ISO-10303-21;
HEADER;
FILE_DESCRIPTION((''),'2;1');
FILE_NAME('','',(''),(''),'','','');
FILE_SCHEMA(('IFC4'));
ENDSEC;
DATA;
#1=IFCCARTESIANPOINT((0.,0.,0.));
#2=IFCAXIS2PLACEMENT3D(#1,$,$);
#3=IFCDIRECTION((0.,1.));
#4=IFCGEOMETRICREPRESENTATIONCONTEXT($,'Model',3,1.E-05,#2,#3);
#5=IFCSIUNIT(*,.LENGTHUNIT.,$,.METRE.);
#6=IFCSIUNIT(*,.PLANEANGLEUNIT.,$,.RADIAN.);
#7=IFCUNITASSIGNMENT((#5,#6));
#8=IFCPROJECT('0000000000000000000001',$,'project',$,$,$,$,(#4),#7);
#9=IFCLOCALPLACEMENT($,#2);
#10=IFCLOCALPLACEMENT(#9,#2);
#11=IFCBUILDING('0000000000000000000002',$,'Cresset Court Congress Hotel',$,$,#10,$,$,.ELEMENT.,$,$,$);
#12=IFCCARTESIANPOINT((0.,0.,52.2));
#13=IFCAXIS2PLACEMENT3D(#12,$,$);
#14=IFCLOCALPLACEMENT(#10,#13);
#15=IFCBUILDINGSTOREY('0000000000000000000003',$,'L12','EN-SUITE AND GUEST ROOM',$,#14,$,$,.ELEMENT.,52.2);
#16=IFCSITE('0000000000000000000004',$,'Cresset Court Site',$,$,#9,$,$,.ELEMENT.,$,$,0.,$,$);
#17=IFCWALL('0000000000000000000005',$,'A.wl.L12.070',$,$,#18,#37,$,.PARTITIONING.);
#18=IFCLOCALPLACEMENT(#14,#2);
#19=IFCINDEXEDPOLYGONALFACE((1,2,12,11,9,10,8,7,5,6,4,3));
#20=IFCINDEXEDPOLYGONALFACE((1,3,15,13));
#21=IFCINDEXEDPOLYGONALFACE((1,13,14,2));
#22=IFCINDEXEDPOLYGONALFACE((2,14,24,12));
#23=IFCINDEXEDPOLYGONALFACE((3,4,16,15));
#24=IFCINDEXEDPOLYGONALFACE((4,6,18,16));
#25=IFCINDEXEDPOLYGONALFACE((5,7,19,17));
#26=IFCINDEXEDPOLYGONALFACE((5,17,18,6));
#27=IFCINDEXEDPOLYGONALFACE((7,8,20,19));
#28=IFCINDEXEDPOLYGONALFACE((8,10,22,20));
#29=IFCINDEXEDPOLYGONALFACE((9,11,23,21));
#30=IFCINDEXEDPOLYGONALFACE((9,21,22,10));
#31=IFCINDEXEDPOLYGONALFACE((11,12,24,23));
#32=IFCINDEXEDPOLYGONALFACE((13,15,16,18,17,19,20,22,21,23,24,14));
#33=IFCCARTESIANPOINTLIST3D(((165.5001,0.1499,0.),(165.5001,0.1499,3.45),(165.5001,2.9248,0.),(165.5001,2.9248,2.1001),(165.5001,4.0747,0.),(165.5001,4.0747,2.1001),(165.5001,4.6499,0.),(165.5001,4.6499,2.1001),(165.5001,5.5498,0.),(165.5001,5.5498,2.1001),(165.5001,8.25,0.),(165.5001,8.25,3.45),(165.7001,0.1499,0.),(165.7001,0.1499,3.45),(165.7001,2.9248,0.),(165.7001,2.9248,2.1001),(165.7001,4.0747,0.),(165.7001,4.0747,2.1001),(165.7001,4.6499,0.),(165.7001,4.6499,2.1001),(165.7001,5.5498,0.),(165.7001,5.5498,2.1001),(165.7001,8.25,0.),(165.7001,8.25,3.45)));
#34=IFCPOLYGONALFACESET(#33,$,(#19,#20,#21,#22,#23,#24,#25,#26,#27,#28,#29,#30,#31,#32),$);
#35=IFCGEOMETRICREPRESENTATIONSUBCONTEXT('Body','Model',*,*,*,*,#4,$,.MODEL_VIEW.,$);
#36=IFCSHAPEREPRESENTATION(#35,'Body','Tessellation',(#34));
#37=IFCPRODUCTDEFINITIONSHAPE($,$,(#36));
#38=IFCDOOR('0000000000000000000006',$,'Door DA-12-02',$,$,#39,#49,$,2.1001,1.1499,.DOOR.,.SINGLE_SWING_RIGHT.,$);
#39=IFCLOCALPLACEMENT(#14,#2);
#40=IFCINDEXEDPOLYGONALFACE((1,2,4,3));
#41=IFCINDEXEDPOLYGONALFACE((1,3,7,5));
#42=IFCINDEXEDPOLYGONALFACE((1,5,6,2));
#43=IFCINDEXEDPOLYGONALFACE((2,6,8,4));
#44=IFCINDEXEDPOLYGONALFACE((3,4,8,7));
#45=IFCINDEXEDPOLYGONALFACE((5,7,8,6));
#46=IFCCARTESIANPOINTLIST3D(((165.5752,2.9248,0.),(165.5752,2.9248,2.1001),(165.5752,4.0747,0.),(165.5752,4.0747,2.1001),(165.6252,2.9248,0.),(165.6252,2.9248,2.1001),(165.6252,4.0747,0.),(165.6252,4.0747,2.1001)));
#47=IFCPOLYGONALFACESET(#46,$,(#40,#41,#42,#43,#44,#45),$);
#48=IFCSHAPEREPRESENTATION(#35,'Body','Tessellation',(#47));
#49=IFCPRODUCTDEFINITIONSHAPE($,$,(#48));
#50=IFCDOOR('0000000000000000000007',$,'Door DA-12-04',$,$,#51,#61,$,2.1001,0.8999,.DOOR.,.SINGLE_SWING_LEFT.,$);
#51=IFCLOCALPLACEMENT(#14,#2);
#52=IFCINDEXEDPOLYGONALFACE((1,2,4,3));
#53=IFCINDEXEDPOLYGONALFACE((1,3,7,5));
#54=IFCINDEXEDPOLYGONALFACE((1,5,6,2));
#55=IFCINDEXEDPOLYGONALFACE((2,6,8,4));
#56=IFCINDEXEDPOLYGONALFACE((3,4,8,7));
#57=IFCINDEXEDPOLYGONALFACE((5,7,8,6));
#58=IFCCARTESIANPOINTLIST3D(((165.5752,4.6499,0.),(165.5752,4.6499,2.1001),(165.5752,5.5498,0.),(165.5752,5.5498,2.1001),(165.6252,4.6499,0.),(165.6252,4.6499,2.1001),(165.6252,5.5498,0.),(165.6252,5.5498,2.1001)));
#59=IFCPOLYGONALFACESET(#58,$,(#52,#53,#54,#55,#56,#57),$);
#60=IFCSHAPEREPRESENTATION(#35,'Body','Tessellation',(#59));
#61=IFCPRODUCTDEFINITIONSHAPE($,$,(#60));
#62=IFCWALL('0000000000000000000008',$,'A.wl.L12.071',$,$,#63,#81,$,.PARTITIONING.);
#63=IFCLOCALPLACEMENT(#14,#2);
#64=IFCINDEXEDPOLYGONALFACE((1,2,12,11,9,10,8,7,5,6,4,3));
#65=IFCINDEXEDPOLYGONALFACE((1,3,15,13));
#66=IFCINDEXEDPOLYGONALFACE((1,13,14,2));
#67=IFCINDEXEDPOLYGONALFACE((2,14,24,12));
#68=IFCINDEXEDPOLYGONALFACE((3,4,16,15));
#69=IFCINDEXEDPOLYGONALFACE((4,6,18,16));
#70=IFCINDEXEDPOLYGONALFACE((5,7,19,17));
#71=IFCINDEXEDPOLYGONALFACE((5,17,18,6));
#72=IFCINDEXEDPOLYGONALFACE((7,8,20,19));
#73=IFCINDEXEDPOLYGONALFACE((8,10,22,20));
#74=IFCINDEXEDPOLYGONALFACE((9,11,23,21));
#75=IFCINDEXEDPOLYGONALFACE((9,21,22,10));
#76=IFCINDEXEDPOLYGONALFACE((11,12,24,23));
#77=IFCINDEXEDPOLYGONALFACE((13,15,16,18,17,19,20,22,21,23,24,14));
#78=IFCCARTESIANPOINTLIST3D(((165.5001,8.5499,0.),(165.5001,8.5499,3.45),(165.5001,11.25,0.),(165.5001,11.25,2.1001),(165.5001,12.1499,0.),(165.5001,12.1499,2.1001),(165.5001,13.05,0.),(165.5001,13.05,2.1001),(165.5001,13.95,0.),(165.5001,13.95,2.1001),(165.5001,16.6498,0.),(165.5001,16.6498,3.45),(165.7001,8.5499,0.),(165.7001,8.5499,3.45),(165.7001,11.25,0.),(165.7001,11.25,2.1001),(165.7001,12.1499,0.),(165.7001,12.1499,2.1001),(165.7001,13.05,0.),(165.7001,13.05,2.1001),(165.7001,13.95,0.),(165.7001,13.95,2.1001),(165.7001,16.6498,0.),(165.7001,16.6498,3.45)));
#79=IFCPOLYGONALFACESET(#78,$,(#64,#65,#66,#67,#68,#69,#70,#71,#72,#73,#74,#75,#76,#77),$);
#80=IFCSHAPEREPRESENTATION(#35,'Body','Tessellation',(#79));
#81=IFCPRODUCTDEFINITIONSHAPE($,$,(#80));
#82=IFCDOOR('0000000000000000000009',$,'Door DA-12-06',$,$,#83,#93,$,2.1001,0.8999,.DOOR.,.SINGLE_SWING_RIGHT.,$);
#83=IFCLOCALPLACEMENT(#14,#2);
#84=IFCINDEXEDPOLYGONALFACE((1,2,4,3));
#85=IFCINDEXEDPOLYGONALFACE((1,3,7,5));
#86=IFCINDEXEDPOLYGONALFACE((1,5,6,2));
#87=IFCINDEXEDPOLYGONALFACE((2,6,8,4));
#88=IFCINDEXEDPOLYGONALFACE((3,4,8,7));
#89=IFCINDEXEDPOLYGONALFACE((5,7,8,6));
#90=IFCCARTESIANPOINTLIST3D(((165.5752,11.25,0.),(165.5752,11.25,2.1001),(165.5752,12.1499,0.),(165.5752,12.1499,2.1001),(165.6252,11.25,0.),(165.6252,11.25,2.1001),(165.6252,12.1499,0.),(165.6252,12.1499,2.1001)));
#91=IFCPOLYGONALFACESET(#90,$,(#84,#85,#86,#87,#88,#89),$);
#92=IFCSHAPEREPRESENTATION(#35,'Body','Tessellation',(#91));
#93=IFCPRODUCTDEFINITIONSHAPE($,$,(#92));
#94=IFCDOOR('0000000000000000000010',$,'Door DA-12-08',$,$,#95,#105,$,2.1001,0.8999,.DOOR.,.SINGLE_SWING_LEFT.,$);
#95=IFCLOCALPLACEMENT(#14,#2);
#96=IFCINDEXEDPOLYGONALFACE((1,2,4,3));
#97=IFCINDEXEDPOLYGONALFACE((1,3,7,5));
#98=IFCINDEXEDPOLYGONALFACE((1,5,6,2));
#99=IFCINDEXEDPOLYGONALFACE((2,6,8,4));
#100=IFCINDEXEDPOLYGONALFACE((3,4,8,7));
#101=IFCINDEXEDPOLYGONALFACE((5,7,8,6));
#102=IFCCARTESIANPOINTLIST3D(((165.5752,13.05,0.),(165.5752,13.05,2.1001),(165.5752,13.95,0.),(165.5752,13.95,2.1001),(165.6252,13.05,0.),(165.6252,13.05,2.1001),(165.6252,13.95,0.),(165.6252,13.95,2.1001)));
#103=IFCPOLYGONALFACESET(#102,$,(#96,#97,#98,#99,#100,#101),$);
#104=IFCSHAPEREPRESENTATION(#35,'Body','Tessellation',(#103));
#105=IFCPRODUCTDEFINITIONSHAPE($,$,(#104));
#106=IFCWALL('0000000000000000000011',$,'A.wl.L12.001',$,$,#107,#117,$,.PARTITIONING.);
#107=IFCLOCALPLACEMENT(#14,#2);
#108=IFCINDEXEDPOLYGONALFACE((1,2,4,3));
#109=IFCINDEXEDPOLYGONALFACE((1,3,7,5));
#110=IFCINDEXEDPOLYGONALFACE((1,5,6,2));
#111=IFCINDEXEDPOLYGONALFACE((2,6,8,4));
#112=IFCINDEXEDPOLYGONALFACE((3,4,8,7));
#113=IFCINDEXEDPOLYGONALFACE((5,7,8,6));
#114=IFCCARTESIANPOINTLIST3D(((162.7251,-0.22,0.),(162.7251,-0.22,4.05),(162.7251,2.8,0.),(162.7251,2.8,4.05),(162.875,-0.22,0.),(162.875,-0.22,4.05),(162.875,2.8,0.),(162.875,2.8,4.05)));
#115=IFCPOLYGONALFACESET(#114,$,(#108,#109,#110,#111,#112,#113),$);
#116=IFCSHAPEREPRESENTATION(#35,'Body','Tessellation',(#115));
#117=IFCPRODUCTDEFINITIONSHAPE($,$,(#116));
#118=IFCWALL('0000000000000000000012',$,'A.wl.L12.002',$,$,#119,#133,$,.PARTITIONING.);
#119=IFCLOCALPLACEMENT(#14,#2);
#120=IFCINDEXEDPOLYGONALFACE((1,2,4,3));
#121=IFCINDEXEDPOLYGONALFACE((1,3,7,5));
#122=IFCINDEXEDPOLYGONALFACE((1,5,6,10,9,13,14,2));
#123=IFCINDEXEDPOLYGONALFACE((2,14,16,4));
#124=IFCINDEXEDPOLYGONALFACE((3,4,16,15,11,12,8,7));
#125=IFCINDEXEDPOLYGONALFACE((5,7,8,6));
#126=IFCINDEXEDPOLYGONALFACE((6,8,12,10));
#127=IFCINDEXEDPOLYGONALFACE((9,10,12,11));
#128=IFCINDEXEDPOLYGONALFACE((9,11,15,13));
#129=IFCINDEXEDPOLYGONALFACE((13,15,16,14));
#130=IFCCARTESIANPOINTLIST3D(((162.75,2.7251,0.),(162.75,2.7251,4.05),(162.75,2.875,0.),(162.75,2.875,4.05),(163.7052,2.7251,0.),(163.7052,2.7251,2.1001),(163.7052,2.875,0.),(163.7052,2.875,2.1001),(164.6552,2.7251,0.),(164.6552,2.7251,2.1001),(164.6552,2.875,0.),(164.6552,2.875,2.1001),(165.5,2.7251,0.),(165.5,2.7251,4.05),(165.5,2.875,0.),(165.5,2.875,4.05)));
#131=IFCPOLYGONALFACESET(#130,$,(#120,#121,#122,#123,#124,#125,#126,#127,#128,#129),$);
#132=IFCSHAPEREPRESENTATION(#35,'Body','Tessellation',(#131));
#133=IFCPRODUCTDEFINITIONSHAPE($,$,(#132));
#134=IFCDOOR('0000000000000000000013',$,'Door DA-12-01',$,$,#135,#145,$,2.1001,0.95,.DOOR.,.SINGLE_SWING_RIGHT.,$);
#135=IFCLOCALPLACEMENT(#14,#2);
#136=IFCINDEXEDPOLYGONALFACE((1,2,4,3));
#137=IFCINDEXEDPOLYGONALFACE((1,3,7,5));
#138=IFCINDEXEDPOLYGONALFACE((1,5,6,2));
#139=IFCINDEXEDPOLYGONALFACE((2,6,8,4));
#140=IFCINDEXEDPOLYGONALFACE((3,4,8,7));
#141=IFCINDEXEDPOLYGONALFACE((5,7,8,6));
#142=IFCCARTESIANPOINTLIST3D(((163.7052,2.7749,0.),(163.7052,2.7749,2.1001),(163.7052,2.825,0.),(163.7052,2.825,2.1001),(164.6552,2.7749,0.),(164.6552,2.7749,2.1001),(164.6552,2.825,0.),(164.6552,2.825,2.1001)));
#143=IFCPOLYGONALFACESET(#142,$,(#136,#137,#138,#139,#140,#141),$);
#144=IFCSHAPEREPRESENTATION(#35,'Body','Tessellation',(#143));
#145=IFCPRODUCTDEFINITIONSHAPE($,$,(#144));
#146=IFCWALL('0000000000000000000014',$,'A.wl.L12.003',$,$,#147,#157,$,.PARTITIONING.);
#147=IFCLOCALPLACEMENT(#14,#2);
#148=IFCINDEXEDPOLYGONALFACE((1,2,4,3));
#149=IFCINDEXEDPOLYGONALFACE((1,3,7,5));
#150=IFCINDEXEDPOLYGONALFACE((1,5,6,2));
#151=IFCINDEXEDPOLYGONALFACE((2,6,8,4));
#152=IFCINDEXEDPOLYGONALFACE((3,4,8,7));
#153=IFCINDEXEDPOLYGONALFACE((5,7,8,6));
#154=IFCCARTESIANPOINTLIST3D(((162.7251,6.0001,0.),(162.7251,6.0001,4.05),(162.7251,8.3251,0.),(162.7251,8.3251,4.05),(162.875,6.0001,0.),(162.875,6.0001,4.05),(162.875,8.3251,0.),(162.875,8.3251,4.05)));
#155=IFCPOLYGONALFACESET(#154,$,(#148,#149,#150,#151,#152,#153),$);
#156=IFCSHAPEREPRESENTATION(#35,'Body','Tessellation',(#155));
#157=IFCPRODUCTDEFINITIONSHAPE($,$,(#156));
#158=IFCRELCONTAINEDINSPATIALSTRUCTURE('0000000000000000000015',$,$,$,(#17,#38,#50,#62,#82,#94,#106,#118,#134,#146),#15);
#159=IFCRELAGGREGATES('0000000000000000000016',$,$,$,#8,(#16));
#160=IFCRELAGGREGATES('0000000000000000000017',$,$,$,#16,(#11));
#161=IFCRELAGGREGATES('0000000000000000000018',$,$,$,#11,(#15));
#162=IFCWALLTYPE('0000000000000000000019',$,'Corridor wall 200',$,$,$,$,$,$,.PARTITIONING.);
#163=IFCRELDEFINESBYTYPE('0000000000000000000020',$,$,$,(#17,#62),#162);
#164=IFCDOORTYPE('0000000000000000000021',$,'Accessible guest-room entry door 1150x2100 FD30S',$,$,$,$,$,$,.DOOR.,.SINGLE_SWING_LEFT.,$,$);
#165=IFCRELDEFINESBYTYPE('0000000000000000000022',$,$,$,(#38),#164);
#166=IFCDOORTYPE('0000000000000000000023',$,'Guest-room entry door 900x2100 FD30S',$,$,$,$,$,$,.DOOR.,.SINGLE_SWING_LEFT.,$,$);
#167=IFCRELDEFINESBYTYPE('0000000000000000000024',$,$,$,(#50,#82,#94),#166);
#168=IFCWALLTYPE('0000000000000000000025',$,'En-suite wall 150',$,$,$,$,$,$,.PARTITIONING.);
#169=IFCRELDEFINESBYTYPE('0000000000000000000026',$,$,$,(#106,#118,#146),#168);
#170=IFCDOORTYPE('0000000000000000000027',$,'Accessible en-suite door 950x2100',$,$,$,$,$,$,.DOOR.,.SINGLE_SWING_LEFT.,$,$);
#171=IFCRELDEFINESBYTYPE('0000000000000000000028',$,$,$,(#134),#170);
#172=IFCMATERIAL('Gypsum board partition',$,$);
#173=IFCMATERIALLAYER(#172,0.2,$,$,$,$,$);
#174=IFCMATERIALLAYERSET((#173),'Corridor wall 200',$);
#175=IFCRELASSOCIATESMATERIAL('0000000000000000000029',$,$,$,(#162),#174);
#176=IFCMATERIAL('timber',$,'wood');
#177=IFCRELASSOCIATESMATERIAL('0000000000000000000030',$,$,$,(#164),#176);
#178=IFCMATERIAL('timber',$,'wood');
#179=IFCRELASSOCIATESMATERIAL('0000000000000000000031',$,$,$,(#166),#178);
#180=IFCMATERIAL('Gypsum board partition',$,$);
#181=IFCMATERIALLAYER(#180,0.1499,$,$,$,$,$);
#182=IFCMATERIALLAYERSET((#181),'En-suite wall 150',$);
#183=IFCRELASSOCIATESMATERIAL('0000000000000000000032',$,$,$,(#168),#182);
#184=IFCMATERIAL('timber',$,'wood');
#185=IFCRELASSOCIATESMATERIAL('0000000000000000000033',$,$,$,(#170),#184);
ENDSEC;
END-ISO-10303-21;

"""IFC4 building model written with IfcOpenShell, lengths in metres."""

from ifc_helpers import new_model, si_unit, direction, frame, frame_2d, origin, place, context, subcontext, project, spatial, rectangle, extrude, material, layer, layer_set, type_object, element, fill, save


model = new_model("IFC4")

# Units and contexts
model_context = context("Model", 3, precision=1e-05, world=origin(), true_north=direction((0.0, 1.0)))
body_context = subcontext(model_context, "Body", "Model", "MODEL_VIEW")
ifc_project = project(units=[si_unit("LENGTHUNIT", "METRE"), si_unit("PLANEANGLEUNIT", "RADIAN")], contexts=[model_context])

# Site, building, storey
site_placement = place(None, origin())
site = spatial("IfcSite", under=ifc_project, at=site_placement, Name="Cresset Court Site", CompositionType="ELEMENT", RefElevation=0.0)
building_placement = place(site_placement, origin())
building = spatial("IfcBuilding", under=site, at=building_placement, Name="Cresset Court Congress Hotel", CompositionType="ELEMENT")
storey_placement = place(building_placement, frame((0.0, 0.0, 52.2)))
storey = spatial("IfcBuildingStorey", under=building, at=storey_placement, Name="L12", Description="EN-SUITE AND GUEST ROOM", CompositionType="ELEMENT", Elevation=52.2)

# Walls, openings, doors
ifc_material_1 = material(Name="Gypsum board partition")
ifc_layer_1 = layer(ifc_material_1, 0.2)
ifc_layer_set_1 = layer_set([ifc_layer_1], Name="Corridor wall 200")
wall_type_1 = type_object("IfcWallType", Name="Corridor wall 200", PredefinedType="PARTITIONING", material=ifc_layer_set_1)
wall_1_placement = place(storey_placement, frame((165.6001, 0.1499, 0.0), z_axis=(0.0, 0.0, 1.0), x_axis=(0.0, 1.0, 0.0)))
wall_1 = element("IfcWall", 1, at=wall_1_placement, inside=storey, type_object=wall_type_1, Name="A.wl.L12.070", PredefinedType="PARTITIONING", context=body_context, shape_type="SweptSolid", body=[
    extrude(rectangle(XDim=8.1001, YDim=0.2, at=frame_2d((4.05, 0.0))), origin(), (0.0, 0.0, 1.0), 3.45),
])
opening_1_placement = place(wall_1_placement, frame((2.7749, 0.0, 0.0)))
opening_1 = element("IfcOpeningElement", 2, at=opening_1_placement, cuts=wall_1, PredefinedType="OPENING", context=body_context, shape_type="SweptSolid", body=[
    extrude(rectangle(XDim=1.1499, YDim=2.1001, at=frame_2d((0.575, 1.05))), frame((0.0, 0.1099, 0.0), z_axis=(0.0, -1.0, 0.0), x_axis=(1.0, 0.0, 0.0)), (0.0, 0.0, 1.0), 0.22),
])
opening_2_placement = place(wall_1_placement, frame((4.5, 0.0, 0.0)))
opening_2 = element("IfcOpeningElement", 3, at=opening_2_placement, cuts=wall_1, PredefinedType="OPENING", context=body_context, shape_type="SweptSolid", body=[
    extrude(rectangle(XDim=0.8999, YDim=2.1001, at=frame_2d((0.45, 1.05))), frame((0.0, 0.1099, 0.0), z_axis=(0.0, -1.0, 0.0), x_axis=(1.0, 0.0, 0.0)), (0.0, 0.0, 1.0), 0.22),
])
ifc_material_2 = material(Name="timber", Category="wood")
door_type_1 = type_object("IfcDoorType", Name="Accessible guest-room entry door 1150x2100 FD30S", OperationType="SINGLE_SWING_LEFT", PredefinedType="DOOR", material=ifc_material_2)
door_1_placement = place(opening_1_placement, origin())
door_1 = element("IfcDoor", 4, at=door_1_placement, inside=storey, type_object=door_type_1, Name="Door DA-12-02", OperationType="SINGLE_SWING_RIGHT", OverallHeight=2.1001, OverallWidth=1.1499, PredefinedType="DOOR", context=body_context, shape_type="SweptSolid", body=[
    extrude(rectangle(XDim=1.1499, YDim=2.1001, at=frame_2d((0.575, 1.05))), frame((0.0, 0.0249, 0.0), z_axis=(0.0, -1.0, 0.0), x_axis=(1.0, 0.0, 0.0)), (0.0, 0.0, 1.0), 0.05),
])
fill(opening_1, door_1)
ifc_material_3 = material(Name="timber", Category="wood")
door_type_2 = type_object("IfcDoorType", Name="Guest-room entry door 900x2100 FD30S", OperationType="SINGLE_SWING_LEFT", PredefinedType="DOOR", material=ifc_material_3)
door_2_placement = place(opening_2_placement, origin())
door_2 = element("IfcDoor", 5, at=door_2_placement, inside=storey, type_object=door_type_2, Name="Door DA-12-04", OperationType="SINGLE_SWING_LEFT", OverallHeight=2.1001, OverallWidth=0.8999, PredefinedType="DOOR", context=body_context, shape_type="SweptSolid", body=[
    extrude(rectangle(XDim=0.8999, YDim=2.1001, at=frame_2d((0.45, 1.05))), frame((0.0, 0.0249, 0.0), z_axis=(0.0, -1.0, 0.0), x_axis=(1.0, 0.0, 0.0)), (0.0, 0.0, 1.0), 0.05),
])
fill(opening_2, door_2)
wall_2_placement = place(storey_placement, frame((165.6001, 8.55, 0.0), z_axis=(0.0, 0.0, 1.0), x_axis=(0.0, 1.0, 0.0)))
wall_2 = element("IfcWall", 6, at=wall_2_placement, inside=storey, type_object=wall_type_1, Name="A.wl.L12.071", PredefinedType="PARTITIONING", context=body_context, shape_type="SweptSolid", body=[
    extrude(rectangle(XDim=8.0999, YDim=0.2, at=frame_2d((4.0498, 0.0))), origin(), (0.0, 0.0, 1.0), 3.45),
])
opening_3_placement = place(wall_2_placement, frame((2.7, 0.0, 0.0)))
opening_3 = element("IfcOpeningElement", 7, at=opening_3_placement, cuts=wall_2, PredefinedType="OPENING", context=body_context, shape_type="SweptSolid", body=[
    extrude(rectangle(XDim=0.8999, YDim=2.1001, at=frame_2d((0.45, 1.05))), frame((0.0, 0.1099, 0.0), z_axis=(0.0, -1.0, 0.0), x_axis=(1.0, 0.0, 0.0)), (0.0, 0.0, 1.0), 0.22),
])
opening_4_placement = place(wall_2_placement, frame((4.5, 0.0, 0.0)))
opening_4 = element("IfcOpeningElement", 8, at=opening_4_placement, cuts=wall_2, PredefinedType="OPENING", context=body_context, shape_type="SweptSolid", body=[
    extrude(rectangle(XDim=0.8999, YDim=2.1001, at=frame_2d((0.45, 1.05))), frame((0.0, 0.1099, 0.0), z_axis=(0.0, -1.0, 0.0), x_axis=(1.0, 0.0, 0.0)), (0.0, 0.0, 1.0), 0.22),
])
door_3_placement = place(opening_3_placement, origin())
door_3 = element("IfcDoor", 9, at=door_3_placement, inside=storey, type_object=door_type_2, Name="Door DA-12-06", OperationType="SINGLE_SWING_RIGHT", OverallHeight=2.1001, OverallWidth=0.8999, PredefinedType="DOOR", context=body_context, shape_type="SweptSolid", body=[
    extrude(rectangle(XDim=0.8999, YDim=2.1001, at=frame_2d((0.45, 1.05))), frame((0.0, 0.0249, 0.0), z_axis=(0.0, -1.0, 0.0), x_axis=(1.0, 0.0, 0.0)), (0.0, 0.0, 1.0), 0.05),
])
fill(opening_3, door_3)
door_4_placement = place(opening_4_placement, origin())
door_4 = element("IfcDoor", 10, at=door_4_placement, inside=storey, type_object=door_type_2, Name="Door DA-12-08", OperationType="SINGLE_SWING_LEFT", OverallHeight=2.1001, OverallWidth=0.8999, PredefinedType="DOOR", context=body_context, shape_type="SweptSolid", body=[
    extrude(rectangle(XDim=0.8999, YDim=2.1001, at=frame_2d((0.45, 1.05))), frame((0.0, 0.0249, 0.0), z_axis=(0.0, -1.0, 0.0), x_axis=(1.0, 0.0, 0.0)), (0.0, 0.0, 1.0), 0.05),
])
fill(opening_4, door_4)

# Wall
ifc_material_4 = material(Name="Gypsum board partition")
ifc_layer_2 = layer(ifc_material_4, 0.1499)
ifc_layer_set_2 = layer_set([ifc_layer_2], Name="En-suite wall 150")
wall_type_2 = type_object("IfcWallType", Name="En-suite wall 150", PredefinedType="PARTITIONING", material=ifc_layer_set_2)
wall_3_placement = place(storey_placement, frame((162.8, -0.22, 0.0), z_axis=(0.0, 0.0, 1.0), x_axis=(0.0, 1.0, 0.0)))
element("IfcWall", 11, at=wall_3_placement, inside=storey, type_object=wall_type_2, Name="A.wl.L12.001", PredefinedType="PARTITIONING", context=body_context, shape_type="SweptSolid", body=[
    extrude(rectangle(XDim=3.02, YDim=0.1499, at=frame_2d((1.51, 0.0))), origin(), (0.0, 0.0, 1.0), 4.05),
])

# Wall, opening, door
wall_4_placement = place(storey_placement, frame((162.75, 2.8, 0.0), z_axis=(0.0, 0.0, 1.0), x_axis=(1.0, 0.0, 0.0)))
wall_4 = element("IfcWall", 12, at=wall_4_placement, inside=storey, type_object=wall_type_2, Name="A.wl.L12.002", PredefinedType="PARTITIONING", context=body_context, shape_type="SweptSolid", body=[
    extrude(rectangle(XDim=2.75, YDim=0.1499, at=frame_2d((1.375, 0.0))), origin(), (0.0, 0.0, 1.0), 4.05),
])
opening_5_placement = place(wall_4_placement, frame((0.9551, 0.0, 0.0)))
opening_5 = element("IfcOpeningElement", 13, at=opening_5_placement, cuts=wall_4, PredefinedType="OPENING", context=body_context, shape_type="SweptSolid", body=[
    extrude(rectangle(XDim=0.95, YDim=2.1001, at=frame_2d((0.4751, 1.05))), frame((0.0, 0.085, 0.0), z_axis=(0.0, -1.0, 0.0), x_axis=(1.0, 0.0, 0.0)), (0.0, 0.0, 1.0), 0.1699),
])
ifc_material_5 = material(Name="timber", Category="wood")
door_type_3 = type_object("IfcDoorType", Name="Accessible en-suite door 950x2100", OperationType="SINGLE_SWING_LEFT", PredefinedType="DOOR", material=ifc_material_5)
door_5_placement = place(opening_5_placement, origin())
door_5 = element("IfcDoor", 14, at=door_5_placement, inside=storey, type_object=door_type_3, Name="Door DA-12-01", OperationType="SINGLE_SWING_RIGHT", OverallHeight=2.1001, OverallWidth=0.95, PredefinedType="DOOR", context=body_context, shape_type="SweptSolid", body=[
    extrude(rectangle(XDim=0.95, YDim=2.1001, at=frame_2d((0.4751, 1.05))), frame((0.0, 0.0249, 0.0), z_axis=(0.0, -1.0, 0.0), x_axis=(1.0, 0.0, 0.0)), (0.0, 0.0, 1.0), 0.05),
])
fill(opening_5, door_5)

# Wall
wall_5_placement = place(storey_placement, frame((162.8, 6.0, 0.0), z_axis=(0.0, 0.0, 1.0), x_axis=(0.0, 1.0, 0.0)))
element("IfcWall", 15, at=wall_5_placement, inside=storey, type_object=wall_type_2, Name="A.wl.L12.003", PredefinedType="PARTITIONING", context=body_context, shape_type="SweptSolid", body=[
    extrude(rectangle(XDim=2.325, YDim=0.1499, at=frame_2d((1.1626, 0.0))), origin(), (0.0, 0.0, 1.0), 4.05),
])

save(model, "model.ifc")
